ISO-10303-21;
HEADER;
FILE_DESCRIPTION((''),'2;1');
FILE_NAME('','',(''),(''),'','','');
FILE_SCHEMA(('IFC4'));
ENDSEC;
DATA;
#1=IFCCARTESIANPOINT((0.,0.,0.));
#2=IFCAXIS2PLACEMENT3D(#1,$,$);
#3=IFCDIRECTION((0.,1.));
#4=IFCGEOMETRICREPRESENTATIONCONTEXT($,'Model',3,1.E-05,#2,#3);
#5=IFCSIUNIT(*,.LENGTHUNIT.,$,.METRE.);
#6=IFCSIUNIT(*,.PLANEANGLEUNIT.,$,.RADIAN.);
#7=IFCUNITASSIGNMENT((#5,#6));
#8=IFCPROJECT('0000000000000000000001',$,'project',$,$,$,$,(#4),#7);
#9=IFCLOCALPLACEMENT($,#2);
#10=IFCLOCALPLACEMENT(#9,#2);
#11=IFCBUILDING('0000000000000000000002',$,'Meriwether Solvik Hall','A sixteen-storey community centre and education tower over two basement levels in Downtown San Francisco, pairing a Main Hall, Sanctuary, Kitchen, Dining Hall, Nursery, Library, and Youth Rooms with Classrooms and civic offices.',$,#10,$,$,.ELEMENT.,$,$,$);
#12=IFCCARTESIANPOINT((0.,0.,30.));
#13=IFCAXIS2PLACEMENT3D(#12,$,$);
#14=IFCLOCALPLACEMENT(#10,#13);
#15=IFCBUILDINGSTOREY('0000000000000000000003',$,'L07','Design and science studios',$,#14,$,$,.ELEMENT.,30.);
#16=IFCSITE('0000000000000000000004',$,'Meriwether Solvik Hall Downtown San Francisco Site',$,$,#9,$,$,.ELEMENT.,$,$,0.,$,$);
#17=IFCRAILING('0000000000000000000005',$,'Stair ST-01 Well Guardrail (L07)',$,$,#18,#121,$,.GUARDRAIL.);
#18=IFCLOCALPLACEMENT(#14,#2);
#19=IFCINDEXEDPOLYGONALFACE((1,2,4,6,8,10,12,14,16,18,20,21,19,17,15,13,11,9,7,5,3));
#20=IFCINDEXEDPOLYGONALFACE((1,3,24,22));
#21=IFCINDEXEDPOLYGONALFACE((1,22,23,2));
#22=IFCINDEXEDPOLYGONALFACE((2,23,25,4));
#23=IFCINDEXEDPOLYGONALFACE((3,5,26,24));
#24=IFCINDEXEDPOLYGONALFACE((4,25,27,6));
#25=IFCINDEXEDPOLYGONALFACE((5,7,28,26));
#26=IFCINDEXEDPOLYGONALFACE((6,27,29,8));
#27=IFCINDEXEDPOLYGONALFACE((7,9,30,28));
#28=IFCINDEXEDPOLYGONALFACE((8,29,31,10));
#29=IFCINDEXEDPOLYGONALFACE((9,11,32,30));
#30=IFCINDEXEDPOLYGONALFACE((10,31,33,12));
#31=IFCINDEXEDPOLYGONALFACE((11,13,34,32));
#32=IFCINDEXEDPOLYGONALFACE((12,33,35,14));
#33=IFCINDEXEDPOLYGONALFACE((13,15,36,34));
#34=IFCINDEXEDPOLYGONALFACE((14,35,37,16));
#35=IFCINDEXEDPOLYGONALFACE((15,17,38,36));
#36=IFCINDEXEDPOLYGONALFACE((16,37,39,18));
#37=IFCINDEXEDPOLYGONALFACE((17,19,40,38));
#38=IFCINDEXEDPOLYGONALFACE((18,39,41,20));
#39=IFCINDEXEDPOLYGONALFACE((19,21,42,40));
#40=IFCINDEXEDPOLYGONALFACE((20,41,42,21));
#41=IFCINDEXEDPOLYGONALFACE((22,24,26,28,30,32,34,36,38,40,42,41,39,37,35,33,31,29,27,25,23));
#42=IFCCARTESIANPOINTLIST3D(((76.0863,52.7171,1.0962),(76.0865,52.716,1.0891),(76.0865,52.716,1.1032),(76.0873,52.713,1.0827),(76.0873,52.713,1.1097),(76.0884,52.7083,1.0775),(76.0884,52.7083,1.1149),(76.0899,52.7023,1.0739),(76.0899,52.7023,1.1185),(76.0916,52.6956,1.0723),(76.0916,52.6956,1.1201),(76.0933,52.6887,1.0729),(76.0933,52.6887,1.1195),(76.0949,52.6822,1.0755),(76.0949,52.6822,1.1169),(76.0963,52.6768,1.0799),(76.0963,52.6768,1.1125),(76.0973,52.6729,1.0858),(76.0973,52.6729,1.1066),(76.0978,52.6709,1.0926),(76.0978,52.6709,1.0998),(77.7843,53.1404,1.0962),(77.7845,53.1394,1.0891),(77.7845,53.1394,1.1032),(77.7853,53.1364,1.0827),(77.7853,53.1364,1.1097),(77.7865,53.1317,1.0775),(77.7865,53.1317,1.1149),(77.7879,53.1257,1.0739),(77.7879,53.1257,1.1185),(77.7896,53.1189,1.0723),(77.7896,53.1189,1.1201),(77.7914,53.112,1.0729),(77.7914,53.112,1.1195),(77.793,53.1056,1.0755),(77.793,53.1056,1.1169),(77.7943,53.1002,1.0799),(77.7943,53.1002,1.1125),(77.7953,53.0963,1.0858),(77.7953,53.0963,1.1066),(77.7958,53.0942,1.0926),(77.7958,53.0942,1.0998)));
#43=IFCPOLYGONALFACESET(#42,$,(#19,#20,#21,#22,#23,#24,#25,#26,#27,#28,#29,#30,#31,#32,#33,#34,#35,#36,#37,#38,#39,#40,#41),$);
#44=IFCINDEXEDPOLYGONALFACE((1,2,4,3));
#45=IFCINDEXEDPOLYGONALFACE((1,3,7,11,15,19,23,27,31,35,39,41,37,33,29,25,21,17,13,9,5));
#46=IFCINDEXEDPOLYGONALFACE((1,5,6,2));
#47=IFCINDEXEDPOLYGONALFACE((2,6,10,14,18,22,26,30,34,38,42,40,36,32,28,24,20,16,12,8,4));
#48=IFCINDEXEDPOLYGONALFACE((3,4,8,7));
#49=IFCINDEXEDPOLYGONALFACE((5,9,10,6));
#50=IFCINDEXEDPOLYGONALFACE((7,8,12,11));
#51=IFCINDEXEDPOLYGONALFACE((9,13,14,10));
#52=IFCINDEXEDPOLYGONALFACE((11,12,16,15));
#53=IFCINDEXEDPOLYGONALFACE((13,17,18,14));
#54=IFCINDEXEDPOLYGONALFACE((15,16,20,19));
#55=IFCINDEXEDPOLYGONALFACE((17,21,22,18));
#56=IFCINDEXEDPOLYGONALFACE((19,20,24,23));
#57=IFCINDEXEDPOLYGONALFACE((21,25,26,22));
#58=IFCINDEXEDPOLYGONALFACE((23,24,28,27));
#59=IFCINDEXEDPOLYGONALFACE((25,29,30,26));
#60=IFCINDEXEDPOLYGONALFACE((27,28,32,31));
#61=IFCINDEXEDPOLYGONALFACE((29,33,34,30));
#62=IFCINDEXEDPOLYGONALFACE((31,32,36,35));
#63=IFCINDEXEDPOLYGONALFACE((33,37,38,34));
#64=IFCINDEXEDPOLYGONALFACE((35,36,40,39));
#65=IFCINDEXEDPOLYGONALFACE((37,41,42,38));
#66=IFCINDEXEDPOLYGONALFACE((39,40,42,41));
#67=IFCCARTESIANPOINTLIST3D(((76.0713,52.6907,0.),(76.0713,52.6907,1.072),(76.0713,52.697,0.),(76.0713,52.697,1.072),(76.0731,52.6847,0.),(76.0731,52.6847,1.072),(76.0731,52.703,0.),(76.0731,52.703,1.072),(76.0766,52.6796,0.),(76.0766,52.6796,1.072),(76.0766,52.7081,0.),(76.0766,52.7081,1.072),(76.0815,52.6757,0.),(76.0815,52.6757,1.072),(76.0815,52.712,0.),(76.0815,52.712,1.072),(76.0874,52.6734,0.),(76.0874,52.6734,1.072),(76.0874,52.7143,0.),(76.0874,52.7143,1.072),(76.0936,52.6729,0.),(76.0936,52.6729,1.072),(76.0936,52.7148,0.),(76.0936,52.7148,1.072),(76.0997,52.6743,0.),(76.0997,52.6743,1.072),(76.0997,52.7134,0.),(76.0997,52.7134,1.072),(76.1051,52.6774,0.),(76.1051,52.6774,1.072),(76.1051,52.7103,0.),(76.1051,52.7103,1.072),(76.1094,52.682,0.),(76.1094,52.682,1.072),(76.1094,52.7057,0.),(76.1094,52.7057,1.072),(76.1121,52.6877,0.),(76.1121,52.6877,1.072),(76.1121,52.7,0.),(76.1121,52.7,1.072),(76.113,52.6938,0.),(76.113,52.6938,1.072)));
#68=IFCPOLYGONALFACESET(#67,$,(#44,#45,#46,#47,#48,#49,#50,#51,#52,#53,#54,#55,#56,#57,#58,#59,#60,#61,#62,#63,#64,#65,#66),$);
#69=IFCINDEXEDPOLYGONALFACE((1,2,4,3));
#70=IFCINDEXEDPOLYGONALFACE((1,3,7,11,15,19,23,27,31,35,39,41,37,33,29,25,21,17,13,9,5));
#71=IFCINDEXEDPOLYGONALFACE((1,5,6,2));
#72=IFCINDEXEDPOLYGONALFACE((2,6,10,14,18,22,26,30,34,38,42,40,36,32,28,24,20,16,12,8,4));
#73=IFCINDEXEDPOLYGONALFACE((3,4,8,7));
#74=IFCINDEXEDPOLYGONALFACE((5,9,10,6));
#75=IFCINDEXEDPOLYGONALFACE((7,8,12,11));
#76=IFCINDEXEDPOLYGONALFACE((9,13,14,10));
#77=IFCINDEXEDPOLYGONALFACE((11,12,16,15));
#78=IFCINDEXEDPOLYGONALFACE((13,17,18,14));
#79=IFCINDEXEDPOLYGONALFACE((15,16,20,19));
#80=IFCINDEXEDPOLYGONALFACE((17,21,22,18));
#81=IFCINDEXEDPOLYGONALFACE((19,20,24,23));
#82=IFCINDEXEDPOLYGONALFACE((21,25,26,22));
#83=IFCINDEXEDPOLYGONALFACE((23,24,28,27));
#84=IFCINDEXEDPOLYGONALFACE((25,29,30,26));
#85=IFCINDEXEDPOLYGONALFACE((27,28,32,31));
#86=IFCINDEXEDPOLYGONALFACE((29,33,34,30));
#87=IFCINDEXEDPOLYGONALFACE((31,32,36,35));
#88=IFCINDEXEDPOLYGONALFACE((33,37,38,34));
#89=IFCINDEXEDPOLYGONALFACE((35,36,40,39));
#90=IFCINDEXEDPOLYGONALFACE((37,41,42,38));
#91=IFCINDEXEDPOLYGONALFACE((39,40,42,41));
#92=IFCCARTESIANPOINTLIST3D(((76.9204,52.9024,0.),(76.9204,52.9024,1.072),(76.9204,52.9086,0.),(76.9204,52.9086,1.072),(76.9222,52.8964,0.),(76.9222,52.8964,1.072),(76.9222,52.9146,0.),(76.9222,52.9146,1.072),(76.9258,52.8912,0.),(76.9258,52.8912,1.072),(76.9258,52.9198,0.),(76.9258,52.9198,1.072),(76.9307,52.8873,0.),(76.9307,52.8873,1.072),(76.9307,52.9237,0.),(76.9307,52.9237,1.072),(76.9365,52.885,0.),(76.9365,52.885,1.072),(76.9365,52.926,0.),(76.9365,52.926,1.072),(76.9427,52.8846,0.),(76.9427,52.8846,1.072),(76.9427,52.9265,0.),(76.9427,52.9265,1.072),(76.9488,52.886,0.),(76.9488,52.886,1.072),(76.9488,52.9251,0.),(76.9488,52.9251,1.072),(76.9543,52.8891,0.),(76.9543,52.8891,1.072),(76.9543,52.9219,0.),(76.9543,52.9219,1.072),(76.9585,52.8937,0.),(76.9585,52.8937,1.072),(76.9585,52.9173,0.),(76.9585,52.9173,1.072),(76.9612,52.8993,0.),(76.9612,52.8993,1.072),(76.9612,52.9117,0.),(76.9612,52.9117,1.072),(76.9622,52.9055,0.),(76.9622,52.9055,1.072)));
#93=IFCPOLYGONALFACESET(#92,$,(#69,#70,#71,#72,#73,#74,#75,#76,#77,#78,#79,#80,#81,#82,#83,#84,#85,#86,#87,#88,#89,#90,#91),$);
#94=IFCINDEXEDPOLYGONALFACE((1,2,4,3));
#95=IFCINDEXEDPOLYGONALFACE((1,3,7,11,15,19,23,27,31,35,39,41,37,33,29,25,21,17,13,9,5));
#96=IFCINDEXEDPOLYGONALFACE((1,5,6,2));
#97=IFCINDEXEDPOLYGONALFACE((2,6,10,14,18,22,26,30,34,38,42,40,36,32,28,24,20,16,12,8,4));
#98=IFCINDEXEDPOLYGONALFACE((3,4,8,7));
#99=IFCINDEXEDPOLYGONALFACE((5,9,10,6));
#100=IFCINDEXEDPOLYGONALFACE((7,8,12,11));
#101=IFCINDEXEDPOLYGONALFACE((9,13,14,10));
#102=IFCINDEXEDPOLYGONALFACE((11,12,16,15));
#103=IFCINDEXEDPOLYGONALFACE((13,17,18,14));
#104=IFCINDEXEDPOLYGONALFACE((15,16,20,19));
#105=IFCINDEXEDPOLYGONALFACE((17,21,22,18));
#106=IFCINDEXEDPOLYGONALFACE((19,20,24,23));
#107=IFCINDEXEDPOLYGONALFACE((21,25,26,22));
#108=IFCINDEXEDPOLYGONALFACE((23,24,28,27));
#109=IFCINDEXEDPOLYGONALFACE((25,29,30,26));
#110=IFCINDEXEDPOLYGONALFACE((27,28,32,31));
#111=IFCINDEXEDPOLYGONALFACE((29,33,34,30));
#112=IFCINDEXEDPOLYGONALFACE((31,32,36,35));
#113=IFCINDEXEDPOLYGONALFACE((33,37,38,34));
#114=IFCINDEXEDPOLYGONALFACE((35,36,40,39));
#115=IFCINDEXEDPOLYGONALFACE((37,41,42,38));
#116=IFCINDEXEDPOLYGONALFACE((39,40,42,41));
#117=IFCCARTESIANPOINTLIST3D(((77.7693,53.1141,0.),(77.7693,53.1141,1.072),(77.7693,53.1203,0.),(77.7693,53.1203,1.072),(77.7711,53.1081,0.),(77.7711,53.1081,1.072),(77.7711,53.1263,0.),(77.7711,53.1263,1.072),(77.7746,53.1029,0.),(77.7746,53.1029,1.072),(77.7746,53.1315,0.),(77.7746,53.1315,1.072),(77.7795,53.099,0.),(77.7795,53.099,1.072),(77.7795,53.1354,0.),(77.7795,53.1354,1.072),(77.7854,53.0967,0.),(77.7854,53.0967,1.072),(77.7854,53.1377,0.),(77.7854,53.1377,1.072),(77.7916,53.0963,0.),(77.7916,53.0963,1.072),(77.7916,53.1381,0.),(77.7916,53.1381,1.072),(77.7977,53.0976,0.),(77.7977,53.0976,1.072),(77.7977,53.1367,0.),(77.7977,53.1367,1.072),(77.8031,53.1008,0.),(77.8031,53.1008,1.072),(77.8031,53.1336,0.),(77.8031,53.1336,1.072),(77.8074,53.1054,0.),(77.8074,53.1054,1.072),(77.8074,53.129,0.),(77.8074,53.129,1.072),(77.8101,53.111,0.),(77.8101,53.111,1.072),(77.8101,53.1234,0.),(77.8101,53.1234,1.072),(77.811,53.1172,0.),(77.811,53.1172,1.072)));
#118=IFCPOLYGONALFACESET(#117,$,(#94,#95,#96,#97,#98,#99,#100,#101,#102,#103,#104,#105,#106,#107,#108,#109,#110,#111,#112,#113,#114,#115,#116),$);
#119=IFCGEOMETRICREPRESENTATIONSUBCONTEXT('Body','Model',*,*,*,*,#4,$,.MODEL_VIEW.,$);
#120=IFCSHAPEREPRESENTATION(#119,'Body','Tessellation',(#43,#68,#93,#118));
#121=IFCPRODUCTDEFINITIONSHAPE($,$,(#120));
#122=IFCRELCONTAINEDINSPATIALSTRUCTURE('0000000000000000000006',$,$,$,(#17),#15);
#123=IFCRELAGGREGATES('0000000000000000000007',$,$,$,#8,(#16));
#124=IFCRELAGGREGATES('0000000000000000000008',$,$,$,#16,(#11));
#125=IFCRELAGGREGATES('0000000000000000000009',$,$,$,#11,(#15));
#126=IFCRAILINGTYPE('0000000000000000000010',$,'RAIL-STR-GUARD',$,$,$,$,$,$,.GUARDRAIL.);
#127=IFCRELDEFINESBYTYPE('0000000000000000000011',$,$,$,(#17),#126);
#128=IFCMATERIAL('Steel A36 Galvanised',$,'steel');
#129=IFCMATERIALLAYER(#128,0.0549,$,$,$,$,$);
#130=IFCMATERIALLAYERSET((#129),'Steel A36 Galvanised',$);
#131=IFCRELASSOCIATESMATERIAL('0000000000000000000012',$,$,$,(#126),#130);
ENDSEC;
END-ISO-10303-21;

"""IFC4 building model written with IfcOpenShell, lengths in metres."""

from ifc_helpers import new_model, si_unit, direction, frame, origin, origin_2d, place, context, subcontext, project, spatial, circle, extrude, material, layer, layer_set, type_object, element, save


model = new_model("IFC4")

# Units and contexts
model_context = context("Model", 3, precision=1e-05, world=origin(), true_north=direction((0.0, 1.0)))
body_context = subcontext(model_context, "Body", "Model", "MODEL_VIEW")
ifc_project = project(units=[si_unit("LENGTHUNIT", "METRE"), si_unit("PLANEANGLEUNIT", "RADIAN")], contexts=[model_context])

# Site, building, storey
site_placement = place(None, origin())
site = spatial("IfcSite", under=ifc_project, at=site_placement, Name="Meriwether Solvik Hall Downtown San Francisco Site", CompositionType="ELEMENT", RefElevation=0.0)
building_placement = place(site_placement, origin())
building = spatial("IfcBuilding", under=site, at=building_placement, Name="Meriwether Solvik Hall", Description="A sixteen-storey community centre and education tower over two basement levels in Downtown San Francisco, pairing a Main Hall, Sanctuary, Kitchen, Dining Hall, Nursery, Library, and Youth Rooms with Classrooms and civic offices.", CompositionType="ELEMENT")
storey_placement = place(building_placement, frame((0.0, 0.0, 30.0)))
storey = spatial("IfcBuildingStorey", under=building, at=storey_placement, Name="L07", Description="Design and science studios", CompositionType="ELEMENT", Elevation=30.0)

# Railing
ifc_material_1 = material(Name="Steel A36 Galvanised", Category="steel")
ifc_layer_1 = layer(ifc_material_1, 0.0549)
ifc_layer_set_1 = layer_set([ifc_layer_1], Name="Steel A36 Galvanised")
railing_type_1 = type_object("IfcRailingType", Name="RAIL-STR-GUARD", PredefinedType="GUARDRAIL", material=ifc_layer_set_1)
railing_1_placement = place(storey_placement, frame((76.092, 52.6938, 0.0)))
element("IfcRailing", 1, at=railing_1_placement, inside=storey, type_object=railing_type_1, Name="Stair ST-01 Well Guardrail (L07)", PredefinedType="GUARDRAIL", context=body_context, shape_type="SweptSolid", body=[
    extrude(circle(Radius=0.0239, at=origin_2d()), frame((0.0, 0.0, 1.0962), z_axis=(0.970298, 0.241912, 0.0), x_axis=(-0.241912, 0.970298, 0.0)), (0.0, 0.0, 1.0), 1.75),
    extrude(circle(Radius=0.021, at=origin_2d()), origin(), (0.0, 0.0, 1.0), 1.072),
    extrude(circle(Radius=0.021, at=origin_2d()), frame((0.8491, 0.2117, 0.0)), (0.0, 0.0, 1.0), 1.072),
    extrude(circle(Radius=0.021, at=origin_2d()), frame((1.698, 0.4233, 0.0)), (0.0, 0.0, 1.0), 1.072),
])

save(model, "model.ifc")
